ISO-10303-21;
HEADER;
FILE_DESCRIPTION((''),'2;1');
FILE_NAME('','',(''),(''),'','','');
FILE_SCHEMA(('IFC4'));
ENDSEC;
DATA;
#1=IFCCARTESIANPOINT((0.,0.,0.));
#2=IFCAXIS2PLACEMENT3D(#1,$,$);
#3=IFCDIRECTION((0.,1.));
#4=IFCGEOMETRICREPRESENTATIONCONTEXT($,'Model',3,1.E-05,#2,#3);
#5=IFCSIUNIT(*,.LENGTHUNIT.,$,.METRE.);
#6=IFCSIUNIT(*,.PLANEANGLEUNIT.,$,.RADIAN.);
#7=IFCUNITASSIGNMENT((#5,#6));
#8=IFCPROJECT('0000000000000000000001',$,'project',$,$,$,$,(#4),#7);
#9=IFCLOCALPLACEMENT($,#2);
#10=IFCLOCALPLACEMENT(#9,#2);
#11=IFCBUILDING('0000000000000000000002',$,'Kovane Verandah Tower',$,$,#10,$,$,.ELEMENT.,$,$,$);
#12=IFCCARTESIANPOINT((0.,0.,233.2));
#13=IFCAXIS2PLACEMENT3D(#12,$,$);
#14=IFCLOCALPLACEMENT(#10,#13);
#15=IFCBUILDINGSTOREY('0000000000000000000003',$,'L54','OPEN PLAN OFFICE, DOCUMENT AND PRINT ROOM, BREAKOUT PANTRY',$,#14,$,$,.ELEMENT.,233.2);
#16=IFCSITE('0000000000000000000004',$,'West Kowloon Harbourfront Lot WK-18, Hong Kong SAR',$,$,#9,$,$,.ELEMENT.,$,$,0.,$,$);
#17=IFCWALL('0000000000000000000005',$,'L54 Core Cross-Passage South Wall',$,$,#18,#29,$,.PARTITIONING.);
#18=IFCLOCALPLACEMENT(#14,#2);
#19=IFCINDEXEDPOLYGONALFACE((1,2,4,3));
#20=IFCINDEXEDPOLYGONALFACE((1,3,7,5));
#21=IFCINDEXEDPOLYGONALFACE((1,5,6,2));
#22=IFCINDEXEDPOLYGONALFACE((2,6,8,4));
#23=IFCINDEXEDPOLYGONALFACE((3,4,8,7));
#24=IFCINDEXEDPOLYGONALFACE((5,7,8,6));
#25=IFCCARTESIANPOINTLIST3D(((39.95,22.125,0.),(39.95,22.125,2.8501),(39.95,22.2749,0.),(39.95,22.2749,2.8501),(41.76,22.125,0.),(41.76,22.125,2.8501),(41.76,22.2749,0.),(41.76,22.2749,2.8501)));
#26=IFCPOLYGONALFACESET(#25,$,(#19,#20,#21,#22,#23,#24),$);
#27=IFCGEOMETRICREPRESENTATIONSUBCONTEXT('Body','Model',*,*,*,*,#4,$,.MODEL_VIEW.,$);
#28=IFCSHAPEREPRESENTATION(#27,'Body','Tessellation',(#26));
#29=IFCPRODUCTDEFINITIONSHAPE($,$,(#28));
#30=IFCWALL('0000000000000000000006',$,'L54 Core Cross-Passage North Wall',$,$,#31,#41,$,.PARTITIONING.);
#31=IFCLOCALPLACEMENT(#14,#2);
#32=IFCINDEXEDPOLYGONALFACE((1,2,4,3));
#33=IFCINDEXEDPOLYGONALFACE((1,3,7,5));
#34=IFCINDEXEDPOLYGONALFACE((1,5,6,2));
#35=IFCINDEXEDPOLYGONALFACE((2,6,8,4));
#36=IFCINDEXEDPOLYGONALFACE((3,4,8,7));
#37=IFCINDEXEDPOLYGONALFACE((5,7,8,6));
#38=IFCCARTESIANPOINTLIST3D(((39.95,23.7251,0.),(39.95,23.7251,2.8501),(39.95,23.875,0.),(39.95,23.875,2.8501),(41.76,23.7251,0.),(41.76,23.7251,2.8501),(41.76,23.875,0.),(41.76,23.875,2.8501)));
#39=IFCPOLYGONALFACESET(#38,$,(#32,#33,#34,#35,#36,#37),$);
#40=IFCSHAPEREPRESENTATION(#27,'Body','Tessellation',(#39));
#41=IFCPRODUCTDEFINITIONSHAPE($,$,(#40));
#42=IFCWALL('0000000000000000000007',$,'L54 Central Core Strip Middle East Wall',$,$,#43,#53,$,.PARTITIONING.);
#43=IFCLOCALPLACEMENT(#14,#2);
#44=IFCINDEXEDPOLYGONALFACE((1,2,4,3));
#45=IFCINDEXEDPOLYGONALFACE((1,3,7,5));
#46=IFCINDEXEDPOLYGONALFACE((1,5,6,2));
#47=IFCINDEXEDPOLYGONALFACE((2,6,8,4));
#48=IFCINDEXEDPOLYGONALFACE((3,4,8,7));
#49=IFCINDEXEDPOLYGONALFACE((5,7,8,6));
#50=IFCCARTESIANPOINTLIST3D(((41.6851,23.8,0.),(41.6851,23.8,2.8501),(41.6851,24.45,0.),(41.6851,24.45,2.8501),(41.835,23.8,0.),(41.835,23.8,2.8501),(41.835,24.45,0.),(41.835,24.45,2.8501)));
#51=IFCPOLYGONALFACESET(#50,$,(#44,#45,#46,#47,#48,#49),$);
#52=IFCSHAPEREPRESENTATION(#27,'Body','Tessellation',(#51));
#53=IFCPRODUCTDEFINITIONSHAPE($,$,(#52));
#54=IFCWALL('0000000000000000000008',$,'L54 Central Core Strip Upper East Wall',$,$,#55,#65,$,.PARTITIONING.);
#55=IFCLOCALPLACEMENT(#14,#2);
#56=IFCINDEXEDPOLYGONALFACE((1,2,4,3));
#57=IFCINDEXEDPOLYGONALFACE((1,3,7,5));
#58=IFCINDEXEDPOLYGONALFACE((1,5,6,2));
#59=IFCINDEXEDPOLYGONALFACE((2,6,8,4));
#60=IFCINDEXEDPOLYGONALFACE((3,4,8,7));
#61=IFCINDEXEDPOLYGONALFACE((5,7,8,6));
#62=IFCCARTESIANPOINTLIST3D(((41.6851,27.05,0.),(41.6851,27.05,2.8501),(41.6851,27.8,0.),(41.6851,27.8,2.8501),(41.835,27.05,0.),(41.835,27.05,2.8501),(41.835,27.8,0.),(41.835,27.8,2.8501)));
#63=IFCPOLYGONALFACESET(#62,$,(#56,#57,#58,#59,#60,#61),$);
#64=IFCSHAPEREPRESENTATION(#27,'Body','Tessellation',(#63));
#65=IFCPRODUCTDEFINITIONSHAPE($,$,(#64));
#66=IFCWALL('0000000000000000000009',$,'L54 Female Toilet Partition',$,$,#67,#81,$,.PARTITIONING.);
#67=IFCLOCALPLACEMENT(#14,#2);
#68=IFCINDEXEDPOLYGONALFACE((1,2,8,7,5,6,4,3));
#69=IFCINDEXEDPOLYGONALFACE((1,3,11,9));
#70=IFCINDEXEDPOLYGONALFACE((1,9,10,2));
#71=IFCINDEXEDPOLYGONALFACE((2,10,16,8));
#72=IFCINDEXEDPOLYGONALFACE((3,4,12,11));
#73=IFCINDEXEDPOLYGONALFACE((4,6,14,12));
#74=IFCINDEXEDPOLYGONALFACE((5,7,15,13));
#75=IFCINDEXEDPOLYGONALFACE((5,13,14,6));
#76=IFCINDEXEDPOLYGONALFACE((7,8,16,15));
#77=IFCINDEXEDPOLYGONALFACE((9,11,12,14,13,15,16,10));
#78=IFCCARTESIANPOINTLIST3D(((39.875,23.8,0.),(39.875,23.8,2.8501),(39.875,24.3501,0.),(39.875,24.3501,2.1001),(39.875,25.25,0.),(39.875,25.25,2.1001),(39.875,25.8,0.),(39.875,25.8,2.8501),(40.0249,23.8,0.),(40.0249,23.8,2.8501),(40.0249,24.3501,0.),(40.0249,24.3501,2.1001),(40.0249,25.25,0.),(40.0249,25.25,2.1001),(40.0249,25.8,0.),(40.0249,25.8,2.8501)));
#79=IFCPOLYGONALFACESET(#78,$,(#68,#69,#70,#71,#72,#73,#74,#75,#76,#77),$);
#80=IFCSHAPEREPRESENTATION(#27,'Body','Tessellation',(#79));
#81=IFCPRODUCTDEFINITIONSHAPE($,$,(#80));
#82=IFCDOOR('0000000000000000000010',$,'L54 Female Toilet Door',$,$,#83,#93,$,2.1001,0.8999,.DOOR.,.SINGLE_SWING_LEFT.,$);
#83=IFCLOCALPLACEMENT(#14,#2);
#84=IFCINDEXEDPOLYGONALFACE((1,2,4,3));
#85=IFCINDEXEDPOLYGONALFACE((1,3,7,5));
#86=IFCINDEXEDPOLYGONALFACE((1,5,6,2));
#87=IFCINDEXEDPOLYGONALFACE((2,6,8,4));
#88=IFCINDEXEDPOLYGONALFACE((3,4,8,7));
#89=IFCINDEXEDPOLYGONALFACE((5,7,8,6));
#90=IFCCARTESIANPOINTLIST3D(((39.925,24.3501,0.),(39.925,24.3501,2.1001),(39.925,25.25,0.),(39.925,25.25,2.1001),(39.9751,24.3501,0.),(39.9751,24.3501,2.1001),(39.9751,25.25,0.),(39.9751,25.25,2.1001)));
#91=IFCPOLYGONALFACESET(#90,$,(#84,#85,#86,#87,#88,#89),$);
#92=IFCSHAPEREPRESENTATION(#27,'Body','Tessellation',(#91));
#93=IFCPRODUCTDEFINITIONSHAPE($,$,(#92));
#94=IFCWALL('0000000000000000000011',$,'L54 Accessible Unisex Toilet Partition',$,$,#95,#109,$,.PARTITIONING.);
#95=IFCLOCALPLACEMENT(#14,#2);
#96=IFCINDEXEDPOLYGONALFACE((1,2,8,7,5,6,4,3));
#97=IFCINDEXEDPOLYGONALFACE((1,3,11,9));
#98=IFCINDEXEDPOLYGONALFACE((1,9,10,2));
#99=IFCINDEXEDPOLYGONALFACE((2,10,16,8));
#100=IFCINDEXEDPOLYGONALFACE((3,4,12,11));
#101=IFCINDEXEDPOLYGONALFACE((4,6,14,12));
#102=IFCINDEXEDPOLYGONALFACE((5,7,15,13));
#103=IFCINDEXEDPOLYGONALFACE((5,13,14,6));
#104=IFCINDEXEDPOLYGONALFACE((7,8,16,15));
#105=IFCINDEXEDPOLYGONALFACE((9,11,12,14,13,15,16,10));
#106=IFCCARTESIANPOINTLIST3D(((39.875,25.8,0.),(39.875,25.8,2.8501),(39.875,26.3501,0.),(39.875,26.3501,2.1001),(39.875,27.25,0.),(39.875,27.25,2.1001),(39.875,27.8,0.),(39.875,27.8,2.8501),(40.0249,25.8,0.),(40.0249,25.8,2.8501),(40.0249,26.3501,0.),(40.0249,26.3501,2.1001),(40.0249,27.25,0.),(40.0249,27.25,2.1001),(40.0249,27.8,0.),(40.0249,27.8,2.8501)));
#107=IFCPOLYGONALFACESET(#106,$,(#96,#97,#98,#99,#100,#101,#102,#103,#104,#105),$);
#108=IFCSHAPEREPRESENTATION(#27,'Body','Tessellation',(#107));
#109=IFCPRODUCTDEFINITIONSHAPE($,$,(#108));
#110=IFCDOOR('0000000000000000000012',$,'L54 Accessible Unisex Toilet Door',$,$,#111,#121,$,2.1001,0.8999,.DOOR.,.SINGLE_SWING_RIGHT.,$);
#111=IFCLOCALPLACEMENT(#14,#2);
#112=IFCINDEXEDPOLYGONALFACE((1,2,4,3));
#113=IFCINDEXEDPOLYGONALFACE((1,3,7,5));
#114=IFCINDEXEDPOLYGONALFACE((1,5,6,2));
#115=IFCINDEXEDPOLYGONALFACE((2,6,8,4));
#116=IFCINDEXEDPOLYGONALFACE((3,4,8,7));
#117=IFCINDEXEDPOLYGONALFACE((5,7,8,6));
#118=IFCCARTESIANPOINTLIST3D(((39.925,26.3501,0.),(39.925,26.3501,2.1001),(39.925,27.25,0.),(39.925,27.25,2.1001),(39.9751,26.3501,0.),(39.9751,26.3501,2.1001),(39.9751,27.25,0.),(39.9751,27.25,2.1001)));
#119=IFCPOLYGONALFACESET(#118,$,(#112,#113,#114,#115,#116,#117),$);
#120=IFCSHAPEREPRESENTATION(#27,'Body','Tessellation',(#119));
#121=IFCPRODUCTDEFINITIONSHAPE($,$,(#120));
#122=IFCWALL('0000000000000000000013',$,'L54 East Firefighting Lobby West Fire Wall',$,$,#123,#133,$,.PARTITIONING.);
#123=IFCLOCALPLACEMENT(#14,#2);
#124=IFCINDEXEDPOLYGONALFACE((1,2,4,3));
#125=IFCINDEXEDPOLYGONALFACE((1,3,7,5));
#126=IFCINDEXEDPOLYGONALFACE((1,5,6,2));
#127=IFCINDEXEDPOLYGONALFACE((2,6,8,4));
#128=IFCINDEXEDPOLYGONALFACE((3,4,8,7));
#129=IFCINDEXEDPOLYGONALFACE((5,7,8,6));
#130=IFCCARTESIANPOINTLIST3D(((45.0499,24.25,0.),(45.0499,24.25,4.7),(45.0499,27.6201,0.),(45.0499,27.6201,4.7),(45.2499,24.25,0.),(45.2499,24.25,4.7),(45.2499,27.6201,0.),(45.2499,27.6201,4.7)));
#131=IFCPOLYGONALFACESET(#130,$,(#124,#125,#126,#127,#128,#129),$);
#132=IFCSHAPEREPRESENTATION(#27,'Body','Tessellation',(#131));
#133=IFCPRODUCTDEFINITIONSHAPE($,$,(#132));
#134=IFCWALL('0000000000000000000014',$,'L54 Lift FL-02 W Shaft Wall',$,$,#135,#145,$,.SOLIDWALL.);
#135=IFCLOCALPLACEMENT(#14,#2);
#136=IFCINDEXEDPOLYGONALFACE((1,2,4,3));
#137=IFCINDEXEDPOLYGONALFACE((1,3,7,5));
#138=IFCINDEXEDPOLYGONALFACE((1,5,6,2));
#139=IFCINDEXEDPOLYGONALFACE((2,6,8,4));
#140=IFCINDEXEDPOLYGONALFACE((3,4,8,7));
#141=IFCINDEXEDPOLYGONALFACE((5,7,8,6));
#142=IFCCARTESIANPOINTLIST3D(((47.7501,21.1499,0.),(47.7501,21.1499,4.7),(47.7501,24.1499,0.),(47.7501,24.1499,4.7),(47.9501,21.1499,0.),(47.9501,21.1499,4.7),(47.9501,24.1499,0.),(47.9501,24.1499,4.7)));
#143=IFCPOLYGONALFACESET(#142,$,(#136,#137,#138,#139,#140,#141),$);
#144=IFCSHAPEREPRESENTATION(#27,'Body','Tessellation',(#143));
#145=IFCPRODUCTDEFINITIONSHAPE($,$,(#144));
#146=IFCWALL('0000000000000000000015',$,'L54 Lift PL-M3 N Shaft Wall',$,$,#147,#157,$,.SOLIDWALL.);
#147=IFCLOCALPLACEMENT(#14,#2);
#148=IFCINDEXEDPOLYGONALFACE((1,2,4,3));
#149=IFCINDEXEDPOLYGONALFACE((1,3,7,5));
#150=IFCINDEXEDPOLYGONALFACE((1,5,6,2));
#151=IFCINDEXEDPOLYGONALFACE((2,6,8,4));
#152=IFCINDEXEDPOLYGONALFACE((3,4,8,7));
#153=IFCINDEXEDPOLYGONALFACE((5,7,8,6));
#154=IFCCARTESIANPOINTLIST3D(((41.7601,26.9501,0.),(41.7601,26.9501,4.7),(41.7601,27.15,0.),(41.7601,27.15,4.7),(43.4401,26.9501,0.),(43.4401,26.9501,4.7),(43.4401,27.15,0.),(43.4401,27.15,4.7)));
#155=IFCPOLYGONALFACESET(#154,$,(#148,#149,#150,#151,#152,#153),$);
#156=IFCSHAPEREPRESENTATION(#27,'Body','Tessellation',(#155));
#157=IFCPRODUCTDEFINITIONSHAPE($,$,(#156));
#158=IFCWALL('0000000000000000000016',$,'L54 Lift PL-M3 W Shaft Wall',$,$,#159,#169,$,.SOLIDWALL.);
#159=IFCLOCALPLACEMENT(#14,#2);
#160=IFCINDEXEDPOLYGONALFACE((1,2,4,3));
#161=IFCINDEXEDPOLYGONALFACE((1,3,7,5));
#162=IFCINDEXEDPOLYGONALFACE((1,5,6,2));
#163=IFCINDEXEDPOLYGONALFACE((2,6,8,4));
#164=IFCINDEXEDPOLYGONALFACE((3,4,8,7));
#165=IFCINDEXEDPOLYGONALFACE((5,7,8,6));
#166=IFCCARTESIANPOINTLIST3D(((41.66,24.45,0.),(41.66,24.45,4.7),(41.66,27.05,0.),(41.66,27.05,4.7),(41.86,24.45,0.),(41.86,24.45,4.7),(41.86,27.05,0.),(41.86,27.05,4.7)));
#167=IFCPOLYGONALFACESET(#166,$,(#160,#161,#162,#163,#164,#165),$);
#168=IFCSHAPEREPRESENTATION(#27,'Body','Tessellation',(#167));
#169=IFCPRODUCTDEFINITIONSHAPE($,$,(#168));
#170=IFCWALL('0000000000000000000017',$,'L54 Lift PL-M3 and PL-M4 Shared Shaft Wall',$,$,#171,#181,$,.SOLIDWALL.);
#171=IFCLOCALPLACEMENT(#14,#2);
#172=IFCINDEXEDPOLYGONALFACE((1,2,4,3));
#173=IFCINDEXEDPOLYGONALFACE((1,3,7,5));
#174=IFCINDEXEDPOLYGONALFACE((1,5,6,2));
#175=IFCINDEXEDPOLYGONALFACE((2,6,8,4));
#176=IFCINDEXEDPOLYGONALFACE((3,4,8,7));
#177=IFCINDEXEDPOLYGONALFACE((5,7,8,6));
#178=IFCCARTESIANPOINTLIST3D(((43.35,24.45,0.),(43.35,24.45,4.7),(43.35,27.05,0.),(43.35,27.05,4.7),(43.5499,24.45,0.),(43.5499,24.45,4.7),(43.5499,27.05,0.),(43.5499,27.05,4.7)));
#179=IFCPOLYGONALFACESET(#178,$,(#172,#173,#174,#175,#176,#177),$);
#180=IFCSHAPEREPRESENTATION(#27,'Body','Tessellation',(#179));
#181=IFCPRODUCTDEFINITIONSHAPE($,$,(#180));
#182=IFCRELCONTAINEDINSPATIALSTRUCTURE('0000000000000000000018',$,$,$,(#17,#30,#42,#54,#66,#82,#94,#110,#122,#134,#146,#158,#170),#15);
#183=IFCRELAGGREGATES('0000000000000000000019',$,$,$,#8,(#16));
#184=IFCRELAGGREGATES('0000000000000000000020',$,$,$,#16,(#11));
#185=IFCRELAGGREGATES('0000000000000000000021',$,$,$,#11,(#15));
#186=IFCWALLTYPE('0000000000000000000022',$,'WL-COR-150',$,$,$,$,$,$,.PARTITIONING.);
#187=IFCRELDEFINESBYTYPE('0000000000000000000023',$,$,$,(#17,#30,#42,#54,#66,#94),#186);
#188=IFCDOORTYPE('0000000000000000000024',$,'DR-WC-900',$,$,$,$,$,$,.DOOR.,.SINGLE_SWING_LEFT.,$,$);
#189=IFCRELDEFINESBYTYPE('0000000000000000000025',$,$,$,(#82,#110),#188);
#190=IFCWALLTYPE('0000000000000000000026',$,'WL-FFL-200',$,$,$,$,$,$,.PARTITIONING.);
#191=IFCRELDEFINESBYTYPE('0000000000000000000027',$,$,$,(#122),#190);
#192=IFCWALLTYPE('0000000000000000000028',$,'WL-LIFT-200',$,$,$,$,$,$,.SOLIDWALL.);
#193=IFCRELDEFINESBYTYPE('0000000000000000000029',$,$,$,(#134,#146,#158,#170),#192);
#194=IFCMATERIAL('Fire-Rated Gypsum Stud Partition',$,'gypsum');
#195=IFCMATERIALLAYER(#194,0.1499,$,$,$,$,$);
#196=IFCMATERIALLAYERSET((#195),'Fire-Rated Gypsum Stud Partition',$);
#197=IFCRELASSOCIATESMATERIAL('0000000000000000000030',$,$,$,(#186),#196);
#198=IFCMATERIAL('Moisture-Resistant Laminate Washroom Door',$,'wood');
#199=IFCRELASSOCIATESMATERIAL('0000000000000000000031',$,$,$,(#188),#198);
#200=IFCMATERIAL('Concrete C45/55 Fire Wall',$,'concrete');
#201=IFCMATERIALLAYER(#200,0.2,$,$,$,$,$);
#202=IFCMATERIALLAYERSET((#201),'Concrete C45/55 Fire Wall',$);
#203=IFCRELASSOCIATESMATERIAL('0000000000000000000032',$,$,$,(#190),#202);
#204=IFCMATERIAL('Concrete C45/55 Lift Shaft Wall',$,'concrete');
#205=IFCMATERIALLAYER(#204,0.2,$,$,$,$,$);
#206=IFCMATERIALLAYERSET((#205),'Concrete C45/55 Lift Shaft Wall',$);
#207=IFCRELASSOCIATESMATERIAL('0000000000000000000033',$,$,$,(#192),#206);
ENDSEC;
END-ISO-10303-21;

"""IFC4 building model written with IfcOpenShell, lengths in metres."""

from ifc_helpers import new_model, si_unit, direction, frame, frame_2d, origin, place, context, subcontext, project, spatial, rectangle, extrude, material, layer, layer_set, type_object, element, fill, save


model = new_model("IFC4")

# Units and contexts
model_context = context("Model", 3, precision=1e-05, world=origin(), true_north=direction((0.0, 1.0)))
body_context = subcontext(model_context, "Body", "Model", "MODEL_VIEW")
ifc_project = project(units=[si_unit("LENGTHUNIT", "METRE"), si_unit("PLANEANGLEUNIT", "RADIAN")], contexts=[model_context])

# Site, building, storey
site_placement = place(None, origin())
site = spatial("IfcSite", under=ifc_project, at=site_placement, Name="West Kowloon Harbourfront Lot WK-18, Hong Kong SAR", CompositionType="ELEMENT", RefElevation=0.0)
building_placement = place(site_placement, origin())
building = spatial("IfcBuilding", under=site, at=building_placement, Name="Kovane Verandah Tower", CompositionType="ELEMENT")
storey_placement = place(building_placement, frame((0.0, 0.0, 233.2)))
storey = spatial("IfcBuildingStorey", under=building, at=storey_placement, Name="L54", Description="OPEN PLAN OFFICE, DOCUMENT AND PRINT ROOM, BREAKOUT PANTRY", CompositionType="ELEMENT", Elevation=233.2)

# Walls
ifc_material_1 = material(Name="Fire-Rated Gypsum Stud Partition", Category="gypsum")
ifc_layer_1 = layer(ifc_material_1, 0.1499)
ifc_layer_set_1 = layer_set([ifc_layer_1], Name="Fire-Rated Gypsum Stud Partition")
wall_type_1 = type_object("IfcWallType", Name="WL-COR-150", PredefinedType="PARTITIONING", material=ifc_layer_set_1)
for number, where, z_axis, x_axis, name in (
    (1, (39.95, 22.2, 0.0), (0.0, 0.0, 1.0), (1.0, 0.0, 0.0), "L54 Core Cross-Passage South Wall"),
    (2, (39.95, 23.8, 0.0), (0.0, 0.0, 1.0), (1.0, 0.0, 0.0), "L54 Core Cross-Passage North Wall"),
):
    element("IfcWall", number, at=place(storey_placement, frame(where, z_axis=z_axis, x_axis=x_axis)), inside=storey, type_object=wall_type_1, Name=name, PredefinedType="PARTITIONING", context=body_context, shape_type="SweptSolid", body=[
        extrude(rectangle(XDim=1.8101, YDim=0.1499, at=frame_2d((0.905, 0.0))), origin(), (0.0, 0.0, 1.0), 2.8501),
    ])
wall_1_placement = place(storey_placement, frame((41.76, 23.8, 0.0), z_axis=(0.0, 0.0, 1.0), x_axis=(0.0, 1.0, 0.0)))
element("IfcWall", 3, at=wall_1_placement, inside=storey, type_object=wall_type_1, Name="L54 Central Core Strip Middle East Wall", PredefinedType="PARTITIONING", context=body_context, shape_type="SweptSolid", body=[
    extrude(rectangle(XDim=0.6499, YDim=0.1499, at=frame_2d((0.325, 0.0))), origin(), (0.0, 0.0, 1.0), 2.8501),
])
wall_2_placement = place(storey_placement, frame((41.76, 27.05, 0.0), z_axis=(0.0, 0.0, 1.0), x_axis=(0.0, 1.0, 0.0)))
element("IfcWall", 4, at=wall_2_placement, inside=storey, type_object=wall_type_1, Name="L54 Central Core Strip Upper East Wall", PredefinedType="PARTITIONING", context=body_context, shape_type="SweptSolid", body=[
    extrude(rectangle(XDim=0.75, YDim=0.1499, at=frame_2d((0.375, 0.0))), origin(), (0.0, 0.0, 1.0), 2.8501),
])

# Walls, openings, doors
wall_3_placement = place(storey_placement, frame((39.95, 23.8, 0.0), z_axis=(0.0, 0.0, 1.0), x_axis=(0.0, 1.0, 0.0)))
wall_3 = element("IfcWall", 5, at=wall_3_placement, inside=storey, type_object=wall_type_1, Name="L54 Female Toilet Partition", PredefinedType="PARTITIONING", context=body_context, shape_type="SweptSolid", body=[
    extrude(rectangle(XDim=2.0, YDim=0.1499, at=frame_2d((1.0, 0.0))), origin(), (0.0, 0.0, 1.0), 2.8501),
])
opening_1_placement = place(wall_3_placement, frame((0.55, 0.0, 0.0)))
opening_1 = element("IfcOpeningElement", 6, at=opening_1_placement, cuts=wall_3, PredefinedType="OPENING", context=body_context, shape_type="SweptSolid", body=[
    extrude(rectangle(XDim=0.8999, YDim=2.1001, at=frame_2d((0.45, 1.05))), frame((0.0, 0.075, 0.0), z_axis=(0.0, -1.0, 0.0), x_axis=(1.0, 0.0, 0.0)), (0.0, 0.0, 1.0), 0.1499),
])
ifc_material_2 = material(Name="Moisture-Resistant Laminate Washroom Door", Category="wood")
door_type_1 = type_object("IfcDoorType", Name="DR-WC-900", OperationType="SINGLE_SWING_LEFT", PredefinedType="DOOR", material=ifc_material_2)
door_1_placement = place(opening_1_placement, origin())
door_1 = element("IfcDoor", 7, at=door_1_placement, inside=storey, type_object=door_type_1, Name="L54 Female Toilet Door", OperationType="SINGLE_SWING_LEFT", OverallHeight=2.1001, OverallWidth=0.8999, PredefinedType="DOOR", context=body_context, shape_type="SweptSolid", body=[
    extrude(rectangle(XDim=0.8999, YDim=2.1001, at=frame_2d((0.45, 1.05))), frame((0.0, 0.0249, 0.0), z_axis=(0.0, -1.0, 0.0), x_axis=(1.0, 0.0, 0.0)), (0.0, 0.0, 1.0), 0.05),
])
fill(opening_1, door_1)
wall_4_placement = place(storey_placement, frame((39.95, 25.8, 0.0), z_axis=(0.0, 0.0, 1.0), x_axis=(0.0, 1.0, 0.0)))
wall_4 = element("IfcWall", 8, at=wall_4_placement, inside=storey, type_object=wall_type_1, Name="L54 Accessible Unisex Toilet Partition", PredefinedType="PARTITIONING", context=body_context, shape_type="SweptSolid", body=[
    extrude(rectangle(XDim=2.0, YDim=0.1499, at=frame_2d((1.0, 0.0))), origin(), (0.0, 0.0, 1.0), 2.8501),
])
opening_2_placement = place(wall_4_placement, frame((0.55, 0.0, 0.0)))
opening_2 = element("IfcOpeningElement", 9, at=opening_2_placement, cuts=wall_4, PredefinedType="OPENING", context=body_context, shape_type="SweptSolid", body=[
    extrude(rectangle(XDim=0.8999, YDim=2.1001, at=frame_2d((0.45, 1.05))), frame((0.0, 0.075, 0.0), z_axis=(0.0, -1.0, 0.0), x_axis=(1.0, 0.0, 0.0)), (0.0, 0.0, 1.0), 0.1499),
])
door_2_placement = place(opening_2_placement, origin())
door_2 = element("IfcDoor", 10, at=door_2_placement, inside=storey, type_object=door_type_1, Name="L54 Accessible Unisex Toilet Door", OperationType="SINGLE_SWING_RIGHT", OverallHeight=2.1001, OverallWidth=0.8999, PredefinedType="DOOR", context=body_context, shape_type="SweptSolid", body=[
    extrude(rectangle(XDim=0.8999, YDim=2.1001, at=frame_2d((0.45, 1.05))), frame((0.0, 0.0249, 0.0), z_axis=(0.0, -1.0, 0.0), x_axis=(1.0, 0.0, 0.0)), (0.0, 0.0, 1.0), 0.05),
])
fill(opening_2, door_2)

# Wall
ifc_material_3 = material(Name="Concrete C45/55 Fire Wall", Category="concrete")
ifc_layer_2 = layer(ifc_material_3, 0.2)
ifc_layer_set_2 = layer_set([ifc_layer_2], Name="Concrete C45/55 Fire Wall")
wall_type_2 = type_object("IfcWallType", Name="WL-FFL-200", PredefinedType="PARTITIONING", material=ifc_layer_set_2)
wall_5_placement = place(storey_placement, frame((45.1499, 24.25, 0.0), z_axis=(0.0, 0.0, 1.0), x_axis=(0.0, 1.0, 0.0)))
element("IfcWall", 11, at=wall_5_placement, inside=storey, type_object=wall_type_2, Name="L54 East Firefighting Lobby West Fire Wall", PredefinedType="PARTITIONING", context=body_context, shape_type="SweptSolid", body=[
    extrude(rectangle(XDim=3.3701, YDim=0.2, at=frame_2d((1.6851, 0.0))), origin(), (0.0, 0.0, 1.0), 4.7),
])

# Shared definitions
ifc_material_4 = material(Name="Concrete C45/55 Lift Shaft Wall", Category="concrete")
ifc_layer_3 = layer(ifc_material_4, 0.2)
ifc_layer_set_3 = layer_set([ifc_layer_3], Name="Concrete C45/55 Lift Shaft Wall")
wall_type_3 = type_object("IfcWallType", Name="WL-LIFT-200", PredefinedType="SOLIDWALL", material=ifc_layer_set_3)

# Wall
wall_6_placement = place(storey_placement, frame((47.8501, 24.1499, 0.0), z_axis=(0.0, 0.0, 1.0), x_axis=(0.0, -1.0, 0.0)))
element("IfcWall", 12, at=wall_6_placement, inside=storey, type_object=wall_type_3, Name="L54 Lift FL-02 W Shaft Wall", PredefinedType="SOLIDWALL", context=body_context, shape_type="SweptSolid", body=[
    extrude(rectangle(XDim=3.0, YDim=0.2, at=frame_2d((1.5, 0.0))), origin(), (0.0, 0.0, 1.0), 4.7),
])

# Walls
wall_7_placement = place(storey_placement, frame((43.4399, 27.05, 0.0), z_axis=(0.0, 0.0, 1.0), x_axis=(-1.0, 0.0, 0.0)))
element("IfcWall", 13, at=wall_7_placement, inside=storey, type_object=wall_type_3, Name="L54 Lift PL-M3 N Shaft Wall", PredefinedType="SOLIDWALL", context=body_context, shape_type="SweptSolid", body=[
    extrude(rectangle(XDim=1.6799, YDim=0.2, at=frame_2d((0.8398, 0.0))), origin(), (0.0, 0.0, 1.0), 4.7),
])
for number, where, z_axis, x_axis, name in (
    (14, (41.76, 27.05, 0.0), (0.0, 0.0, 1.0), (0.0, -1.0, 0.0), "L54 Lift PL-M3 W Shaft Wall"),
    (15, (43.45, 24.45, 0.0), (0.0, 0.0, 1.0), (0.0, 1.0, 0.0), "L54 Lift PL-M3 and PL-M4 Shared Shaft Wall"),
):
    element("IfcWall", number, at=place(storey_placement, frame(where, z_axis=z_axis, x_axis=x_axis)), inside=storey, type_object=wall_type_3, Name=name, PredefinedType="SOLIDWALL", context=body_context, shape_type="SweptSolid", body=[
        extrude(rectangle(XDim=2.6001, YDim=0.2, at=frame_2d((1.3, 0.0))), origin(), (0.0, 0.0, 1.0), 4.7),
    ])

save(model, "model.ifc")
